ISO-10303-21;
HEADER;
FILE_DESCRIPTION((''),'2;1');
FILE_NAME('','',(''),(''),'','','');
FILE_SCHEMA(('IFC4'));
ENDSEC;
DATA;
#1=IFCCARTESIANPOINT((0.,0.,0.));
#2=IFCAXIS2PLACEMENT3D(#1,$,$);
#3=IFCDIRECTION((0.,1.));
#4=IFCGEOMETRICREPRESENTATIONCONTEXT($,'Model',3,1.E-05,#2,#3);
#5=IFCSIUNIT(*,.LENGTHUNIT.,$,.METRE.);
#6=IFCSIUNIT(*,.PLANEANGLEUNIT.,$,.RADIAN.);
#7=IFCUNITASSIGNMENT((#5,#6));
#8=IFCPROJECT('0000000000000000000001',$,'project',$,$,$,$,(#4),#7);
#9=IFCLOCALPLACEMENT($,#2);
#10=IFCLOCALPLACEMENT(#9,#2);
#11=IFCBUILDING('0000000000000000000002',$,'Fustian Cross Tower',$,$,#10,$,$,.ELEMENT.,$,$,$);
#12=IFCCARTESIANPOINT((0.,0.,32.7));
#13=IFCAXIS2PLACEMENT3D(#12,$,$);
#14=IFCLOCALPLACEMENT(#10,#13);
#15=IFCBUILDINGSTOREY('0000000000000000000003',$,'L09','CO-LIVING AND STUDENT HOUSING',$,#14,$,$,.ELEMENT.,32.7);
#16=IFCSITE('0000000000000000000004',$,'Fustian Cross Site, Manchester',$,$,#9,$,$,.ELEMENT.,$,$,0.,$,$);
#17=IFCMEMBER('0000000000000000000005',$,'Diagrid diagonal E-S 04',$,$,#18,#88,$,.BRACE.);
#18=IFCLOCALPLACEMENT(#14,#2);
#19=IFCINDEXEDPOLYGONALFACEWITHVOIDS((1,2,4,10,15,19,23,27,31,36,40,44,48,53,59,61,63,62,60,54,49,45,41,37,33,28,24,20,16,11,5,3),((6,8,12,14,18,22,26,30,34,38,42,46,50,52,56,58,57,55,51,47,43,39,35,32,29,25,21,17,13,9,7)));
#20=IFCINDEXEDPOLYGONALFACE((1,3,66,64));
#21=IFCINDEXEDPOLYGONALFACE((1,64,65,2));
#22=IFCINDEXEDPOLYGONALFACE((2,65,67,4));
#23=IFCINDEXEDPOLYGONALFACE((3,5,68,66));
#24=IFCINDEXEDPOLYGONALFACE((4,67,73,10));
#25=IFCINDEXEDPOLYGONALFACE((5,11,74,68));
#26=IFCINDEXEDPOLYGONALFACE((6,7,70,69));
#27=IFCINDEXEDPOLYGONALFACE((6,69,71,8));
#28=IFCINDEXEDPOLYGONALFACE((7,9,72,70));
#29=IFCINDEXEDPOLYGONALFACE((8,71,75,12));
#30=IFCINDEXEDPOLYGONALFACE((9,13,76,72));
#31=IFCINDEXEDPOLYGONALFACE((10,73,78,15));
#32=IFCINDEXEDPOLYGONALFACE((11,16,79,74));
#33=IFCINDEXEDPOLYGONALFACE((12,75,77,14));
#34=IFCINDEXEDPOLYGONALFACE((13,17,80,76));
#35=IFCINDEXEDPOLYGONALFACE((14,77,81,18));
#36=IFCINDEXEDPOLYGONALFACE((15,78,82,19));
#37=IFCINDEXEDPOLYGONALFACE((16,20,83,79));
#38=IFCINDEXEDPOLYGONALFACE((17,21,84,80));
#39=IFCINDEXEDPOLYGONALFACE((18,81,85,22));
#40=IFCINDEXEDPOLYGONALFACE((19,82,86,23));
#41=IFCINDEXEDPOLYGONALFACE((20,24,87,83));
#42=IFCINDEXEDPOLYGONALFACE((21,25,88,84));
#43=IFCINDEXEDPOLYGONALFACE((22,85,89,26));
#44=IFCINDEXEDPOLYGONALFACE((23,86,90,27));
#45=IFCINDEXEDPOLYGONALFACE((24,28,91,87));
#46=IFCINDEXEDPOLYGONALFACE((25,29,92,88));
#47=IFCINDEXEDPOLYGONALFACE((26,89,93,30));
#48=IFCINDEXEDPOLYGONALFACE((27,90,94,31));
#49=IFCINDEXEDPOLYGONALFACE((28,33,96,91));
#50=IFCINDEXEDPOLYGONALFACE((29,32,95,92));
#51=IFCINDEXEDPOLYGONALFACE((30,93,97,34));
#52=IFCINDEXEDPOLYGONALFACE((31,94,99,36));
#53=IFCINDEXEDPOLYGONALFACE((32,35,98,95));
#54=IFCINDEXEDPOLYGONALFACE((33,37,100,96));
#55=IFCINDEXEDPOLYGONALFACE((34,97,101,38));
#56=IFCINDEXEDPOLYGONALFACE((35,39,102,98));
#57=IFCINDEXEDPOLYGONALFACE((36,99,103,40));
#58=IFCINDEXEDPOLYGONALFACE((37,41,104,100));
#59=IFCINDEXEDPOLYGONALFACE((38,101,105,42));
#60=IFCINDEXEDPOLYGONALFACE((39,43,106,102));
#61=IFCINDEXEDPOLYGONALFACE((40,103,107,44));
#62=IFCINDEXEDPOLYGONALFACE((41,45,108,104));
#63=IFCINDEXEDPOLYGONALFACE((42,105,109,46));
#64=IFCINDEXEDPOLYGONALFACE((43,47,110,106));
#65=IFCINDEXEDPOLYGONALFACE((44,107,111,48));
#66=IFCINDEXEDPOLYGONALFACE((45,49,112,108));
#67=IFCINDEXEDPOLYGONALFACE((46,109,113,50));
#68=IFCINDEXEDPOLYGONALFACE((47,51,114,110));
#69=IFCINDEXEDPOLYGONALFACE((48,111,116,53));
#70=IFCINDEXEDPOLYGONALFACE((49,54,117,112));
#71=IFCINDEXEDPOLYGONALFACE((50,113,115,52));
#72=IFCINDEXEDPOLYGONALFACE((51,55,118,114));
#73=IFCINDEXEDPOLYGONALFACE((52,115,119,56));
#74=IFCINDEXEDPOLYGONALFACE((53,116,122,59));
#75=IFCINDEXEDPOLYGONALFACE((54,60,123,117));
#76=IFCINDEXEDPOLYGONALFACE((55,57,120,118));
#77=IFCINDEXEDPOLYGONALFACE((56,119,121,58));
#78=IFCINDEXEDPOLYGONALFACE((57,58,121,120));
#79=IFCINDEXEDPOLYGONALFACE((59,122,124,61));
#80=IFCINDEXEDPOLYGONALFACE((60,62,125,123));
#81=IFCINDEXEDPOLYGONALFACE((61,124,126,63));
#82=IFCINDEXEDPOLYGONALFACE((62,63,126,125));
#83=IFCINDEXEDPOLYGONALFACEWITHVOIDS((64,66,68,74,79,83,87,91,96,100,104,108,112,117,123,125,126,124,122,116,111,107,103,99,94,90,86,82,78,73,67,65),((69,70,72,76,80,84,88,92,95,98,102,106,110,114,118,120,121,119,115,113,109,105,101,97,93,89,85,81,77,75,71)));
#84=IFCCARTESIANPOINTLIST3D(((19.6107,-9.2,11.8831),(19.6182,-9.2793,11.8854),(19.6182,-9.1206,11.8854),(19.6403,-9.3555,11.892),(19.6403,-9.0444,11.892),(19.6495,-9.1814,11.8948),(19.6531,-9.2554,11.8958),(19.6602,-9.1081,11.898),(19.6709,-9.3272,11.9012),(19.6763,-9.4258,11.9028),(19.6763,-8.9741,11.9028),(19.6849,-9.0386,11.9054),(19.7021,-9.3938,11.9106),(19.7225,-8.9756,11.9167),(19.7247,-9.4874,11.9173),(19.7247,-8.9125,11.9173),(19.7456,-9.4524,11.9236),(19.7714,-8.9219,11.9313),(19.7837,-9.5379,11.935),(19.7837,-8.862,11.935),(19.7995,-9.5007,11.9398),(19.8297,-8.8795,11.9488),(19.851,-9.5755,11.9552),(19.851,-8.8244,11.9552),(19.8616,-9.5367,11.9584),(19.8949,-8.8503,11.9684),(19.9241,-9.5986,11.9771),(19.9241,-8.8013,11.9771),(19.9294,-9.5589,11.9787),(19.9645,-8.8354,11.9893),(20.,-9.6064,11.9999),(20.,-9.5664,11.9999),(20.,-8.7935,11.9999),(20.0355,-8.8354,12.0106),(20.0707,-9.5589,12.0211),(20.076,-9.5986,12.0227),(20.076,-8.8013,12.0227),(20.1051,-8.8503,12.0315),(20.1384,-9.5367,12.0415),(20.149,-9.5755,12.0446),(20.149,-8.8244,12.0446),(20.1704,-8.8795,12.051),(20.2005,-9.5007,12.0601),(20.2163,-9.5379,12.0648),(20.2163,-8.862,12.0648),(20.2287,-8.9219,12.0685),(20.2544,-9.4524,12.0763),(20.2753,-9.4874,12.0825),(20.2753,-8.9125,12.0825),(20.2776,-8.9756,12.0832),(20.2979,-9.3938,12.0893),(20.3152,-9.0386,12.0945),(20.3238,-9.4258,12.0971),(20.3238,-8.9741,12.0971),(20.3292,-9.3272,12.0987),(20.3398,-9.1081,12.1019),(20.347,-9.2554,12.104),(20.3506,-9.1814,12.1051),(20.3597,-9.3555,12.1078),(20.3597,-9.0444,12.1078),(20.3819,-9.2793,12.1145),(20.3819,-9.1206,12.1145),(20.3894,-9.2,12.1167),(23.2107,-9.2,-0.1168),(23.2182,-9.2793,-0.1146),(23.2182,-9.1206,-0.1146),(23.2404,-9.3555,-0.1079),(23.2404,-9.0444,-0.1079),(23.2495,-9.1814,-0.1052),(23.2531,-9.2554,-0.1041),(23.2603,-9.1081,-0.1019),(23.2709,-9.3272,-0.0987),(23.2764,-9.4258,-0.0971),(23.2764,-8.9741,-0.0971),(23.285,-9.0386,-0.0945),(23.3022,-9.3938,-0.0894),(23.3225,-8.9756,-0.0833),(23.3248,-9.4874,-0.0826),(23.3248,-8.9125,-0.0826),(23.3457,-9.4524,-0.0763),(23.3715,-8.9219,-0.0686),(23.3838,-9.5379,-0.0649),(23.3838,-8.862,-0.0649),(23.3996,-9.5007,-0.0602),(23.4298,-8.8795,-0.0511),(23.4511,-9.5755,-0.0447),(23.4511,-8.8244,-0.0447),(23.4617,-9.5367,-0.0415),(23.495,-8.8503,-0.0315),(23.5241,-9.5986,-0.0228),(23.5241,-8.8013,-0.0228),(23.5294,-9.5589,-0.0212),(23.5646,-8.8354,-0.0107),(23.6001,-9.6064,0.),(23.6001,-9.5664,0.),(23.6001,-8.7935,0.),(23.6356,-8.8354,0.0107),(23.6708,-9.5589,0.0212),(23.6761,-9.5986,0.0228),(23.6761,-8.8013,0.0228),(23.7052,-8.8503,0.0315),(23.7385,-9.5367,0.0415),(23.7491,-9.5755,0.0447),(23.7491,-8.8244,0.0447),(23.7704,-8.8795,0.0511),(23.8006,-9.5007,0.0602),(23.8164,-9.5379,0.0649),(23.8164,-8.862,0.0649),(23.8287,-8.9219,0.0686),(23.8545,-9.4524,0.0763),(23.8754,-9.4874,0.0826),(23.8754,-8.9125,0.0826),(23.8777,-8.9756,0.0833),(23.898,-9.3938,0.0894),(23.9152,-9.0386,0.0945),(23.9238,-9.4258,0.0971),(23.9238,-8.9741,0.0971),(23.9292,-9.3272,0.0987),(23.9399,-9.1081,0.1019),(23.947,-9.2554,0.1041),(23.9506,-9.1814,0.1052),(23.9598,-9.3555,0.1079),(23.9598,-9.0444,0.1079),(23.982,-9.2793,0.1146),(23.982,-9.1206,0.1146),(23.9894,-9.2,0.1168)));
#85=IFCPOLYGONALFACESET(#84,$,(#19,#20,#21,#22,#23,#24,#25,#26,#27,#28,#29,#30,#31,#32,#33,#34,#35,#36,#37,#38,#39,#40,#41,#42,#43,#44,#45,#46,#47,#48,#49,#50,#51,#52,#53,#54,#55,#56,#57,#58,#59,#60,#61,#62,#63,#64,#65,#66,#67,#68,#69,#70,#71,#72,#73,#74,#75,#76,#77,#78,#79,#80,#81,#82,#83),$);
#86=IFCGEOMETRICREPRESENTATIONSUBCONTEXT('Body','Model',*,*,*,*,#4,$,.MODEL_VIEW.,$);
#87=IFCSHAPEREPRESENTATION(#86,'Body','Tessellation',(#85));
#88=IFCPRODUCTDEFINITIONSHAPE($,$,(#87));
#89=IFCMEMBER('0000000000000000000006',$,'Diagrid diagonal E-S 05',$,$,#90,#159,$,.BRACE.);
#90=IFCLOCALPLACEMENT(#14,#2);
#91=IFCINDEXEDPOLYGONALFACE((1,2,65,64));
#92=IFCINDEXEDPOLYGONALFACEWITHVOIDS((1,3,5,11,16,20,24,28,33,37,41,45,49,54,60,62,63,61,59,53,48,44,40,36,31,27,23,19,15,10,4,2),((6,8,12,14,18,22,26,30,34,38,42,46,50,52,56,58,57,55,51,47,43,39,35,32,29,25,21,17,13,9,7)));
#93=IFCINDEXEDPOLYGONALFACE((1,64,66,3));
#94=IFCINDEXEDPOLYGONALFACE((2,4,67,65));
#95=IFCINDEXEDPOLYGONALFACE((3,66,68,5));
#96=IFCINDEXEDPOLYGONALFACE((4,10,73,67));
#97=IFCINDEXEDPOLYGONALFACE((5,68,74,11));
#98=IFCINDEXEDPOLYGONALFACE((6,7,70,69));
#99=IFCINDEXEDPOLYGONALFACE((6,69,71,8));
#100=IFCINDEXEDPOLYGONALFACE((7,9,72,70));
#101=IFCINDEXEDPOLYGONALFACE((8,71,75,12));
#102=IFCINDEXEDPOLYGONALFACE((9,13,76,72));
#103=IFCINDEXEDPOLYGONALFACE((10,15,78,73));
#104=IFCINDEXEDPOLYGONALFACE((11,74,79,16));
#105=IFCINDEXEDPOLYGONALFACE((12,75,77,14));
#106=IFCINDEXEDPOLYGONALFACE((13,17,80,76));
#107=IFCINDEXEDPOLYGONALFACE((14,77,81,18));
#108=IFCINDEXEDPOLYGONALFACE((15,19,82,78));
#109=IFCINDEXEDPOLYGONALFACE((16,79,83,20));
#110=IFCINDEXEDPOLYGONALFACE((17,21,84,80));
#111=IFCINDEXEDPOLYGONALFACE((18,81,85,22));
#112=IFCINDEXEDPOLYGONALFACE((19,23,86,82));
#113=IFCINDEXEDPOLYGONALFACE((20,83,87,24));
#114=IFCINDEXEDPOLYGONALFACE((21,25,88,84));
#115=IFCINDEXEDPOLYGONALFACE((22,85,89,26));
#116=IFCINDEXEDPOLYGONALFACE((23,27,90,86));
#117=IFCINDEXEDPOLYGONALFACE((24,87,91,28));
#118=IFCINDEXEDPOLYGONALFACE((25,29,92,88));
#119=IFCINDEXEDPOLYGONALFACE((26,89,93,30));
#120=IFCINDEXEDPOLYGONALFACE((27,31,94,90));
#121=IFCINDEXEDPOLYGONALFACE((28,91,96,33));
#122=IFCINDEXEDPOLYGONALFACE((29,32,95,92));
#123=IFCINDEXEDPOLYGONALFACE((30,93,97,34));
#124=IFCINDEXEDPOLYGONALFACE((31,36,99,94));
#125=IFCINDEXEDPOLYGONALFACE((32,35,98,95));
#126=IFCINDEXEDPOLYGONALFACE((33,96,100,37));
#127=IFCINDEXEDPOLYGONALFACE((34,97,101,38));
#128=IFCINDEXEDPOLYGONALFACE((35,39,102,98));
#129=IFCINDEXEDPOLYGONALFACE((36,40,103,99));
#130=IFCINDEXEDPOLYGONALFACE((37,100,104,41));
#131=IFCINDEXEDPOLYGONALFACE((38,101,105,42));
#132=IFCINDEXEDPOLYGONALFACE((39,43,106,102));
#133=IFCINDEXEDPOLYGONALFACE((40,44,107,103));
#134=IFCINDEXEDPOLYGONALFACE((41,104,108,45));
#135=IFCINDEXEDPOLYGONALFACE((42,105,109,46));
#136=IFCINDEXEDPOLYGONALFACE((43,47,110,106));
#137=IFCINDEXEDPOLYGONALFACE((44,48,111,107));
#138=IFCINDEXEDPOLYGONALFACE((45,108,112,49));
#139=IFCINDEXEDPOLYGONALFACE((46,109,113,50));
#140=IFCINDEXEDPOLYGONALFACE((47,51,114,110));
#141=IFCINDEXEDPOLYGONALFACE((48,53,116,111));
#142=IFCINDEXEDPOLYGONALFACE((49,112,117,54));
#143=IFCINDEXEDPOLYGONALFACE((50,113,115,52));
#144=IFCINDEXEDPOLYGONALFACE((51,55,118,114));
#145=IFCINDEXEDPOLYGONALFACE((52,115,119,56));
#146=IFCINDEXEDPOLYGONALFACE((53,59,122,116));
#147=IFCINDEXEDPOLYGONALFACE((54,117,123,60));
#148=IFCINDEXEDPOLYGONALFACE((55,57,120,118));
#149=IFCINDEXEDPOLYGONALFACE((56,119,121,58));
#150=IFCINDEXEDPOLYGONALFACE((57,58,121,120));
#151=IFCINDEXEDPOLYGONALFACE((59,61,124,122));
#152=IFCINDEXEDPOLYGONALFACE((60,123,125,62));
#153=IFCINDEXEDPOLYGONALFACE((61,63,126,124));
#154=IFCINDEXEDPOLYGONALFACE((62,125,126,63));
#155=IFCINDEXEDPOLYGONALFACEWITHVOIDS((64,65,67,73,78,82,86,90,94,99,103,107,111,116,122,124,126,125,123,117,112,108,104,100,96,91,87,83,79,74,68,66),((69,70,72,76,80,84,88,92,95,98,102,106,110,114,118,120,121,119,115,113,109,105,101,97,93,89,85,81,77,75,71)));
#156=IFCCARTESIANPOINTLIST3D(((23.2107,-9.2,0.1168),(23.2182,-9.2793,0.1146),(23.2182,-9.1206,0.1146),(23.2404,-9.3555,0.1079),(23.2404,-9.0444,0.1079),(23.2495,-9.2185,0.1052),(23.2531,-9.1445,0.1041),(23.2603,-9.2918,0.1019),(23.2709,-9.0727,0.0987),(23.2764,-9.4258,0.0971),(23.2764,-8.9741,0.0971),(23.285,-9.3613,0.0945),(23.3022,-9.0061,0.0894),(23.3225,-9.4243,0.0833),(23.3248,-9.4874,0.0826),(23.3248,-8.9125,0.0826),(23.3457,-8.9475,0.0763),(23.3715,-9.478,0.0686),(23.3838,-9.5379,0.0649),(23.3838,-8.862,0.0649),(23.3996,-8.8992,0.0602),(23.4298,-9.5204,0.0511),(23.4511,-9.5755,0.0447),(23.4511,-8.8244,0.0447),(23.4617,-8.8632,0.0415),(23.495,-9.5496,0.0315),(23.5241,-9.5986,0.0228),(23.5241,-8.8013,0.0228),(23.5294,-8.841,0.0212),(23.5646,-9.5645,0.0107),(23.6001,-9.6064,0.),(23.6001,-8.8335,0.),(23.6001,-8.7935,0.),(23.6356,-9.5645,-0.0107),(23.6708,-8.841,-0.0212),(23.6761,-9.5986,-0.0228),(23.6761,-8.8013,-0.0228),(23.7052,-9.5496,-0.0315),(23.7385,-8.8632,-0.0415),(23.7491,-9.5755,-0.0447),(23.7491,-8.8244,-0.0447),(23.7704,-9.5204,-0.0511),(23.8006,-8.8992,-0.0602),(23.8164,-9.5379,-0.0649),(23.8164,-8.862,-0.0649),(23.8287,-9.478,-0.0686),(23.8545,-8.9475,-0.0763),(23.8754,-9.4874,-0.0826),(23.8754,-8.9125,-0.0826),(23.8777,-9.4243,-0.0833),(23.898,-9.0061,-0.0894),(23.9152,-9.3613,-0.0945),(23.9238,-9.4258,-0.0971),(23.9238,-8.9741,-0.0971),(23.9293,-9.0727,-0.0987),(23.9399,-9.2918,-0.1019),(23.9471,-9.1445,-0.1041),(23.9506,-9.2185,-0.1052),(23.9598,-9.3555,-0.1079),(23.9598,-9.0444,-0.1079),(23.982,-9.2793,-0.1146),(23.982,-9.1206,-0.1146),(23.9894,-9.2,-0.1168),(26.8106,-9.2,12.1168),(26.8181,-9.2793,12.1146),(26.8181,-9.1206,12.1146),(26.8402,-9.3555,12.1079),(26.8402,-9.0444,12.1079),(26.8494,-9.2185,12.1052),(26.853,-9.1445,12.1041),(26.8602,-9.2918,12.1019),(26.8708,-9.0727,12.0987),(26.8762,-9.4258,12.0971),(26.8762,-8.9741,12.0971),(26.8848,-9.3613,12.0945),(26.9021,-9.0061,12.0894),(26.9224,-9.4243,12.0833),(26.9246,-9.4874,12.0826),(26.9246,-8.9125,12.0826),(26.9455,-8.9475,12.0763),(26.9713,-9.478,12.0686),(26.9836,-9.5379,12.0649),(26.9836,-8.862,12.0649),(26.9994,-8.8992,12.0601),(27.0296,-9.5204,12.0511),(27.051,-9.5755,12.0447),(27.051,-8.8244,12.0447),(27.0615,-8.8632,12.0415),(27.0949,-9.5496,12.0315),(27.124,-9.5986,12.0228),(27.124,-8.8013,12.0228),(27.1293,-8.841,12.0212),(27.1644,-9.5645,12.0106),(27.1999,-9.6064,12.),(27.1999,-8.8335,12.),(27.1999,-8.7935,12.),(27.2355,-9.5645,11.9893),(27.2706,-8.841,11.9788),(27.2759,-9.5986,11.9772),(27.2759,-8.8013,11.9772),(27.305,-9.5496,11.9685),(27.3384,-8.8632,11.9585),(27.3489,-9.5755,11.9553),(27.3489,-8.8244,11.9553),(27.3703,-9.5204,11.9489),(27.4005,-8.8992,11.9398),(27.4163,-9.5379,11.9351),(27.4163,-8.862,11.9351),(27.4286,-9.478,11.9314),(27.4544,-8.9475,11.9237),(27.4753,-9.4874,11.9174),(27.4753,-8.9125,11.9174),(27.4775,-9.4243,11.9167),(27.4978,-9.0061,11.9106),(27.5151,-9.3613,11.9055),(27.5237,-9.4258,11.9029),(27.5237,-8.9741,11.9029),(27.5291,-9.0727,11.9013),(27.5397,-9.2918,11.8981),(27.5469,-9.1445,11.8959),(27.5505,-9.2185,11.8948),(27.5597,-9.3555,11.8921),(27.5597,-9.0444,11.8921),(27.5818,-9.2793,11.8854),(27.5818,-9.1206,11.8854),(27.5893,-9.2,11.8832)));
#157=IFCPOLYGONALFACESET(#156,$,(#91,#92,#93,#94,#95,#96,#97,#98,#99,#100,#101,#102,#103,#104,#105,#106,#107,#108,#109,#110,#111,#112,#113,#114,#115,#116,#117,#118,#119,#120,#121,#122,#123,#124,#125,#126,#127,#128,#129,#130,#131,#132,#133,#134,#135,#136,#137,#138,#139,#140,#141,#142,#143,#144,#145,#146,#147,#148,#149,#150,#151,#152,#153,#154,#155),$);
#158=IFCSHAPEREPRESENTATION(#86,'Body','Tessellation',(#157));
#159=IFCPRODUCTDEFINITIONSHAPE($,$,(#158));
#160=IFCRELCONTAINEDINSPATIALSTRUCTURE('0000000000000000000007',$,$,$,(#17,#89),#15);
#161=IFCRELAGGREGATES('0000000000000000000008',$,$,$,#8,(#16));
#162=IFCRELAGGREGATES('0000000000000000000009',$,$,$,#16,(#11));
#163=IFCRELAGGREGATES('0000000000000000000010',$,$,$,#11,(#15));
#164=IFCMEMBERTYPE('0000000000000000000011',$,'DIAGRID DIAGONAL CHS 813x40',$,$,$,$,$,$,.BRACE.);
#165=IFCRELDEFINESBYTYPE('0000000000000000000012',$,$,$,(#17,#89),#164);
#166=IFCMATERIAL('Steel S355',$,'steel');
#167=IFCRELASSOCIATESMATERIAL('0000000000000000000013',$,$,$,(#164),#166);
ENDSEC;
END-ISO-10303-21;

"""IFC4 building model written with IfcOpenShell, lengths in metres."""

from ifc_helpers import new_model, si_unit, direction, frame, origin, origin_2d, place, context, subcontext, project, spatial, hollow_circle, extrude, material, material_profile, profile_set, type_object, element, save


model = new_model("IFC4")

# Units and contexts
model_context = context("Model", 3, precision=1e-05, world=origin(), true_north=direction((0.0, 1.0)))
body_context = subcontext(model_context, "Body", "Model", "MODEL_VIEW")
ifc_project = project(units=[si_unit("LENGTHUNIT", "METRE"), si_unit("PLANEANGLEUNIT", "RADIAN")], contexts=[model_context])

# Site, building, storey
site_placement = place(None, origin())
site = spatial("IfcSite", under=ifc_project, at=site_placement, Name="Fustian Cross Site, Manchester", CompositionType="ELEMENT", RefElevation=0.0)
building_placement = place(site_placement, origin())
building = spatial("IfcBuilding", under=site, at=building_placement, Name="Fustian Cross Tower", CompositionType="ELEMENT")
storey_placement = place(building_placement, frame((0.0, 0.0, 32.7)))
storey = spatial("IfcBuildingStorey", under=building, at=storey_placement, Name="L09", Description="CO-LIVING AND STUDENT HOUSING", CompositionType="ELEMENT", Elevation=32.7)

# Members
ifc_material_1 = material(Name="Steel S355", Category="steel")
ifc_material_profile_1 = material_profile(ifc_material_1, hollow_circle(Radius=0.4065, WallThickness=0.04, at=origin_2d()), Name="CHS 813x40")
ifc_profile_set_1 = profile_set([ifc_material_profile_1], Name="Steel S355")
member_type_1 = type_object("IfcMemberType", Name="DIAGRID DIAGONAL CHS 813x40", PredefinedType="BRACE", material=ifc_profile_set_1)
for number, where, z_axis, x_axis, name in (
    (1, (23.6001, -9.2, 0.0), (-0.287355, 0.0, 0.957824), (0.0, -1.0, 0.0), "Diagrid diagonal E-S 04"),
    (2, (23.6001, -9.2, 0.0), (0.287337, 0.0, 0.95783), (0.0, 1.0, 0.0), "Diagrid diagonal E-S 05"),
):
    element("IfcMember", number, at=place(storey_placement, frame(where, z_axis=z_axis, x_axis=x_axis)), inside=storey, type_object=member_type_1, Name=name, PredefinedType="BRACE", context=body_context, shape_type="SweptSolid", body=[
        extrude(hollow_circle(Radius=0.4065, WallThickness=0.04, at=origin_2d()), origin(), (0.0, 0.0, 1.0), 12.5283),
    ])

save(model, "model.ifc")
